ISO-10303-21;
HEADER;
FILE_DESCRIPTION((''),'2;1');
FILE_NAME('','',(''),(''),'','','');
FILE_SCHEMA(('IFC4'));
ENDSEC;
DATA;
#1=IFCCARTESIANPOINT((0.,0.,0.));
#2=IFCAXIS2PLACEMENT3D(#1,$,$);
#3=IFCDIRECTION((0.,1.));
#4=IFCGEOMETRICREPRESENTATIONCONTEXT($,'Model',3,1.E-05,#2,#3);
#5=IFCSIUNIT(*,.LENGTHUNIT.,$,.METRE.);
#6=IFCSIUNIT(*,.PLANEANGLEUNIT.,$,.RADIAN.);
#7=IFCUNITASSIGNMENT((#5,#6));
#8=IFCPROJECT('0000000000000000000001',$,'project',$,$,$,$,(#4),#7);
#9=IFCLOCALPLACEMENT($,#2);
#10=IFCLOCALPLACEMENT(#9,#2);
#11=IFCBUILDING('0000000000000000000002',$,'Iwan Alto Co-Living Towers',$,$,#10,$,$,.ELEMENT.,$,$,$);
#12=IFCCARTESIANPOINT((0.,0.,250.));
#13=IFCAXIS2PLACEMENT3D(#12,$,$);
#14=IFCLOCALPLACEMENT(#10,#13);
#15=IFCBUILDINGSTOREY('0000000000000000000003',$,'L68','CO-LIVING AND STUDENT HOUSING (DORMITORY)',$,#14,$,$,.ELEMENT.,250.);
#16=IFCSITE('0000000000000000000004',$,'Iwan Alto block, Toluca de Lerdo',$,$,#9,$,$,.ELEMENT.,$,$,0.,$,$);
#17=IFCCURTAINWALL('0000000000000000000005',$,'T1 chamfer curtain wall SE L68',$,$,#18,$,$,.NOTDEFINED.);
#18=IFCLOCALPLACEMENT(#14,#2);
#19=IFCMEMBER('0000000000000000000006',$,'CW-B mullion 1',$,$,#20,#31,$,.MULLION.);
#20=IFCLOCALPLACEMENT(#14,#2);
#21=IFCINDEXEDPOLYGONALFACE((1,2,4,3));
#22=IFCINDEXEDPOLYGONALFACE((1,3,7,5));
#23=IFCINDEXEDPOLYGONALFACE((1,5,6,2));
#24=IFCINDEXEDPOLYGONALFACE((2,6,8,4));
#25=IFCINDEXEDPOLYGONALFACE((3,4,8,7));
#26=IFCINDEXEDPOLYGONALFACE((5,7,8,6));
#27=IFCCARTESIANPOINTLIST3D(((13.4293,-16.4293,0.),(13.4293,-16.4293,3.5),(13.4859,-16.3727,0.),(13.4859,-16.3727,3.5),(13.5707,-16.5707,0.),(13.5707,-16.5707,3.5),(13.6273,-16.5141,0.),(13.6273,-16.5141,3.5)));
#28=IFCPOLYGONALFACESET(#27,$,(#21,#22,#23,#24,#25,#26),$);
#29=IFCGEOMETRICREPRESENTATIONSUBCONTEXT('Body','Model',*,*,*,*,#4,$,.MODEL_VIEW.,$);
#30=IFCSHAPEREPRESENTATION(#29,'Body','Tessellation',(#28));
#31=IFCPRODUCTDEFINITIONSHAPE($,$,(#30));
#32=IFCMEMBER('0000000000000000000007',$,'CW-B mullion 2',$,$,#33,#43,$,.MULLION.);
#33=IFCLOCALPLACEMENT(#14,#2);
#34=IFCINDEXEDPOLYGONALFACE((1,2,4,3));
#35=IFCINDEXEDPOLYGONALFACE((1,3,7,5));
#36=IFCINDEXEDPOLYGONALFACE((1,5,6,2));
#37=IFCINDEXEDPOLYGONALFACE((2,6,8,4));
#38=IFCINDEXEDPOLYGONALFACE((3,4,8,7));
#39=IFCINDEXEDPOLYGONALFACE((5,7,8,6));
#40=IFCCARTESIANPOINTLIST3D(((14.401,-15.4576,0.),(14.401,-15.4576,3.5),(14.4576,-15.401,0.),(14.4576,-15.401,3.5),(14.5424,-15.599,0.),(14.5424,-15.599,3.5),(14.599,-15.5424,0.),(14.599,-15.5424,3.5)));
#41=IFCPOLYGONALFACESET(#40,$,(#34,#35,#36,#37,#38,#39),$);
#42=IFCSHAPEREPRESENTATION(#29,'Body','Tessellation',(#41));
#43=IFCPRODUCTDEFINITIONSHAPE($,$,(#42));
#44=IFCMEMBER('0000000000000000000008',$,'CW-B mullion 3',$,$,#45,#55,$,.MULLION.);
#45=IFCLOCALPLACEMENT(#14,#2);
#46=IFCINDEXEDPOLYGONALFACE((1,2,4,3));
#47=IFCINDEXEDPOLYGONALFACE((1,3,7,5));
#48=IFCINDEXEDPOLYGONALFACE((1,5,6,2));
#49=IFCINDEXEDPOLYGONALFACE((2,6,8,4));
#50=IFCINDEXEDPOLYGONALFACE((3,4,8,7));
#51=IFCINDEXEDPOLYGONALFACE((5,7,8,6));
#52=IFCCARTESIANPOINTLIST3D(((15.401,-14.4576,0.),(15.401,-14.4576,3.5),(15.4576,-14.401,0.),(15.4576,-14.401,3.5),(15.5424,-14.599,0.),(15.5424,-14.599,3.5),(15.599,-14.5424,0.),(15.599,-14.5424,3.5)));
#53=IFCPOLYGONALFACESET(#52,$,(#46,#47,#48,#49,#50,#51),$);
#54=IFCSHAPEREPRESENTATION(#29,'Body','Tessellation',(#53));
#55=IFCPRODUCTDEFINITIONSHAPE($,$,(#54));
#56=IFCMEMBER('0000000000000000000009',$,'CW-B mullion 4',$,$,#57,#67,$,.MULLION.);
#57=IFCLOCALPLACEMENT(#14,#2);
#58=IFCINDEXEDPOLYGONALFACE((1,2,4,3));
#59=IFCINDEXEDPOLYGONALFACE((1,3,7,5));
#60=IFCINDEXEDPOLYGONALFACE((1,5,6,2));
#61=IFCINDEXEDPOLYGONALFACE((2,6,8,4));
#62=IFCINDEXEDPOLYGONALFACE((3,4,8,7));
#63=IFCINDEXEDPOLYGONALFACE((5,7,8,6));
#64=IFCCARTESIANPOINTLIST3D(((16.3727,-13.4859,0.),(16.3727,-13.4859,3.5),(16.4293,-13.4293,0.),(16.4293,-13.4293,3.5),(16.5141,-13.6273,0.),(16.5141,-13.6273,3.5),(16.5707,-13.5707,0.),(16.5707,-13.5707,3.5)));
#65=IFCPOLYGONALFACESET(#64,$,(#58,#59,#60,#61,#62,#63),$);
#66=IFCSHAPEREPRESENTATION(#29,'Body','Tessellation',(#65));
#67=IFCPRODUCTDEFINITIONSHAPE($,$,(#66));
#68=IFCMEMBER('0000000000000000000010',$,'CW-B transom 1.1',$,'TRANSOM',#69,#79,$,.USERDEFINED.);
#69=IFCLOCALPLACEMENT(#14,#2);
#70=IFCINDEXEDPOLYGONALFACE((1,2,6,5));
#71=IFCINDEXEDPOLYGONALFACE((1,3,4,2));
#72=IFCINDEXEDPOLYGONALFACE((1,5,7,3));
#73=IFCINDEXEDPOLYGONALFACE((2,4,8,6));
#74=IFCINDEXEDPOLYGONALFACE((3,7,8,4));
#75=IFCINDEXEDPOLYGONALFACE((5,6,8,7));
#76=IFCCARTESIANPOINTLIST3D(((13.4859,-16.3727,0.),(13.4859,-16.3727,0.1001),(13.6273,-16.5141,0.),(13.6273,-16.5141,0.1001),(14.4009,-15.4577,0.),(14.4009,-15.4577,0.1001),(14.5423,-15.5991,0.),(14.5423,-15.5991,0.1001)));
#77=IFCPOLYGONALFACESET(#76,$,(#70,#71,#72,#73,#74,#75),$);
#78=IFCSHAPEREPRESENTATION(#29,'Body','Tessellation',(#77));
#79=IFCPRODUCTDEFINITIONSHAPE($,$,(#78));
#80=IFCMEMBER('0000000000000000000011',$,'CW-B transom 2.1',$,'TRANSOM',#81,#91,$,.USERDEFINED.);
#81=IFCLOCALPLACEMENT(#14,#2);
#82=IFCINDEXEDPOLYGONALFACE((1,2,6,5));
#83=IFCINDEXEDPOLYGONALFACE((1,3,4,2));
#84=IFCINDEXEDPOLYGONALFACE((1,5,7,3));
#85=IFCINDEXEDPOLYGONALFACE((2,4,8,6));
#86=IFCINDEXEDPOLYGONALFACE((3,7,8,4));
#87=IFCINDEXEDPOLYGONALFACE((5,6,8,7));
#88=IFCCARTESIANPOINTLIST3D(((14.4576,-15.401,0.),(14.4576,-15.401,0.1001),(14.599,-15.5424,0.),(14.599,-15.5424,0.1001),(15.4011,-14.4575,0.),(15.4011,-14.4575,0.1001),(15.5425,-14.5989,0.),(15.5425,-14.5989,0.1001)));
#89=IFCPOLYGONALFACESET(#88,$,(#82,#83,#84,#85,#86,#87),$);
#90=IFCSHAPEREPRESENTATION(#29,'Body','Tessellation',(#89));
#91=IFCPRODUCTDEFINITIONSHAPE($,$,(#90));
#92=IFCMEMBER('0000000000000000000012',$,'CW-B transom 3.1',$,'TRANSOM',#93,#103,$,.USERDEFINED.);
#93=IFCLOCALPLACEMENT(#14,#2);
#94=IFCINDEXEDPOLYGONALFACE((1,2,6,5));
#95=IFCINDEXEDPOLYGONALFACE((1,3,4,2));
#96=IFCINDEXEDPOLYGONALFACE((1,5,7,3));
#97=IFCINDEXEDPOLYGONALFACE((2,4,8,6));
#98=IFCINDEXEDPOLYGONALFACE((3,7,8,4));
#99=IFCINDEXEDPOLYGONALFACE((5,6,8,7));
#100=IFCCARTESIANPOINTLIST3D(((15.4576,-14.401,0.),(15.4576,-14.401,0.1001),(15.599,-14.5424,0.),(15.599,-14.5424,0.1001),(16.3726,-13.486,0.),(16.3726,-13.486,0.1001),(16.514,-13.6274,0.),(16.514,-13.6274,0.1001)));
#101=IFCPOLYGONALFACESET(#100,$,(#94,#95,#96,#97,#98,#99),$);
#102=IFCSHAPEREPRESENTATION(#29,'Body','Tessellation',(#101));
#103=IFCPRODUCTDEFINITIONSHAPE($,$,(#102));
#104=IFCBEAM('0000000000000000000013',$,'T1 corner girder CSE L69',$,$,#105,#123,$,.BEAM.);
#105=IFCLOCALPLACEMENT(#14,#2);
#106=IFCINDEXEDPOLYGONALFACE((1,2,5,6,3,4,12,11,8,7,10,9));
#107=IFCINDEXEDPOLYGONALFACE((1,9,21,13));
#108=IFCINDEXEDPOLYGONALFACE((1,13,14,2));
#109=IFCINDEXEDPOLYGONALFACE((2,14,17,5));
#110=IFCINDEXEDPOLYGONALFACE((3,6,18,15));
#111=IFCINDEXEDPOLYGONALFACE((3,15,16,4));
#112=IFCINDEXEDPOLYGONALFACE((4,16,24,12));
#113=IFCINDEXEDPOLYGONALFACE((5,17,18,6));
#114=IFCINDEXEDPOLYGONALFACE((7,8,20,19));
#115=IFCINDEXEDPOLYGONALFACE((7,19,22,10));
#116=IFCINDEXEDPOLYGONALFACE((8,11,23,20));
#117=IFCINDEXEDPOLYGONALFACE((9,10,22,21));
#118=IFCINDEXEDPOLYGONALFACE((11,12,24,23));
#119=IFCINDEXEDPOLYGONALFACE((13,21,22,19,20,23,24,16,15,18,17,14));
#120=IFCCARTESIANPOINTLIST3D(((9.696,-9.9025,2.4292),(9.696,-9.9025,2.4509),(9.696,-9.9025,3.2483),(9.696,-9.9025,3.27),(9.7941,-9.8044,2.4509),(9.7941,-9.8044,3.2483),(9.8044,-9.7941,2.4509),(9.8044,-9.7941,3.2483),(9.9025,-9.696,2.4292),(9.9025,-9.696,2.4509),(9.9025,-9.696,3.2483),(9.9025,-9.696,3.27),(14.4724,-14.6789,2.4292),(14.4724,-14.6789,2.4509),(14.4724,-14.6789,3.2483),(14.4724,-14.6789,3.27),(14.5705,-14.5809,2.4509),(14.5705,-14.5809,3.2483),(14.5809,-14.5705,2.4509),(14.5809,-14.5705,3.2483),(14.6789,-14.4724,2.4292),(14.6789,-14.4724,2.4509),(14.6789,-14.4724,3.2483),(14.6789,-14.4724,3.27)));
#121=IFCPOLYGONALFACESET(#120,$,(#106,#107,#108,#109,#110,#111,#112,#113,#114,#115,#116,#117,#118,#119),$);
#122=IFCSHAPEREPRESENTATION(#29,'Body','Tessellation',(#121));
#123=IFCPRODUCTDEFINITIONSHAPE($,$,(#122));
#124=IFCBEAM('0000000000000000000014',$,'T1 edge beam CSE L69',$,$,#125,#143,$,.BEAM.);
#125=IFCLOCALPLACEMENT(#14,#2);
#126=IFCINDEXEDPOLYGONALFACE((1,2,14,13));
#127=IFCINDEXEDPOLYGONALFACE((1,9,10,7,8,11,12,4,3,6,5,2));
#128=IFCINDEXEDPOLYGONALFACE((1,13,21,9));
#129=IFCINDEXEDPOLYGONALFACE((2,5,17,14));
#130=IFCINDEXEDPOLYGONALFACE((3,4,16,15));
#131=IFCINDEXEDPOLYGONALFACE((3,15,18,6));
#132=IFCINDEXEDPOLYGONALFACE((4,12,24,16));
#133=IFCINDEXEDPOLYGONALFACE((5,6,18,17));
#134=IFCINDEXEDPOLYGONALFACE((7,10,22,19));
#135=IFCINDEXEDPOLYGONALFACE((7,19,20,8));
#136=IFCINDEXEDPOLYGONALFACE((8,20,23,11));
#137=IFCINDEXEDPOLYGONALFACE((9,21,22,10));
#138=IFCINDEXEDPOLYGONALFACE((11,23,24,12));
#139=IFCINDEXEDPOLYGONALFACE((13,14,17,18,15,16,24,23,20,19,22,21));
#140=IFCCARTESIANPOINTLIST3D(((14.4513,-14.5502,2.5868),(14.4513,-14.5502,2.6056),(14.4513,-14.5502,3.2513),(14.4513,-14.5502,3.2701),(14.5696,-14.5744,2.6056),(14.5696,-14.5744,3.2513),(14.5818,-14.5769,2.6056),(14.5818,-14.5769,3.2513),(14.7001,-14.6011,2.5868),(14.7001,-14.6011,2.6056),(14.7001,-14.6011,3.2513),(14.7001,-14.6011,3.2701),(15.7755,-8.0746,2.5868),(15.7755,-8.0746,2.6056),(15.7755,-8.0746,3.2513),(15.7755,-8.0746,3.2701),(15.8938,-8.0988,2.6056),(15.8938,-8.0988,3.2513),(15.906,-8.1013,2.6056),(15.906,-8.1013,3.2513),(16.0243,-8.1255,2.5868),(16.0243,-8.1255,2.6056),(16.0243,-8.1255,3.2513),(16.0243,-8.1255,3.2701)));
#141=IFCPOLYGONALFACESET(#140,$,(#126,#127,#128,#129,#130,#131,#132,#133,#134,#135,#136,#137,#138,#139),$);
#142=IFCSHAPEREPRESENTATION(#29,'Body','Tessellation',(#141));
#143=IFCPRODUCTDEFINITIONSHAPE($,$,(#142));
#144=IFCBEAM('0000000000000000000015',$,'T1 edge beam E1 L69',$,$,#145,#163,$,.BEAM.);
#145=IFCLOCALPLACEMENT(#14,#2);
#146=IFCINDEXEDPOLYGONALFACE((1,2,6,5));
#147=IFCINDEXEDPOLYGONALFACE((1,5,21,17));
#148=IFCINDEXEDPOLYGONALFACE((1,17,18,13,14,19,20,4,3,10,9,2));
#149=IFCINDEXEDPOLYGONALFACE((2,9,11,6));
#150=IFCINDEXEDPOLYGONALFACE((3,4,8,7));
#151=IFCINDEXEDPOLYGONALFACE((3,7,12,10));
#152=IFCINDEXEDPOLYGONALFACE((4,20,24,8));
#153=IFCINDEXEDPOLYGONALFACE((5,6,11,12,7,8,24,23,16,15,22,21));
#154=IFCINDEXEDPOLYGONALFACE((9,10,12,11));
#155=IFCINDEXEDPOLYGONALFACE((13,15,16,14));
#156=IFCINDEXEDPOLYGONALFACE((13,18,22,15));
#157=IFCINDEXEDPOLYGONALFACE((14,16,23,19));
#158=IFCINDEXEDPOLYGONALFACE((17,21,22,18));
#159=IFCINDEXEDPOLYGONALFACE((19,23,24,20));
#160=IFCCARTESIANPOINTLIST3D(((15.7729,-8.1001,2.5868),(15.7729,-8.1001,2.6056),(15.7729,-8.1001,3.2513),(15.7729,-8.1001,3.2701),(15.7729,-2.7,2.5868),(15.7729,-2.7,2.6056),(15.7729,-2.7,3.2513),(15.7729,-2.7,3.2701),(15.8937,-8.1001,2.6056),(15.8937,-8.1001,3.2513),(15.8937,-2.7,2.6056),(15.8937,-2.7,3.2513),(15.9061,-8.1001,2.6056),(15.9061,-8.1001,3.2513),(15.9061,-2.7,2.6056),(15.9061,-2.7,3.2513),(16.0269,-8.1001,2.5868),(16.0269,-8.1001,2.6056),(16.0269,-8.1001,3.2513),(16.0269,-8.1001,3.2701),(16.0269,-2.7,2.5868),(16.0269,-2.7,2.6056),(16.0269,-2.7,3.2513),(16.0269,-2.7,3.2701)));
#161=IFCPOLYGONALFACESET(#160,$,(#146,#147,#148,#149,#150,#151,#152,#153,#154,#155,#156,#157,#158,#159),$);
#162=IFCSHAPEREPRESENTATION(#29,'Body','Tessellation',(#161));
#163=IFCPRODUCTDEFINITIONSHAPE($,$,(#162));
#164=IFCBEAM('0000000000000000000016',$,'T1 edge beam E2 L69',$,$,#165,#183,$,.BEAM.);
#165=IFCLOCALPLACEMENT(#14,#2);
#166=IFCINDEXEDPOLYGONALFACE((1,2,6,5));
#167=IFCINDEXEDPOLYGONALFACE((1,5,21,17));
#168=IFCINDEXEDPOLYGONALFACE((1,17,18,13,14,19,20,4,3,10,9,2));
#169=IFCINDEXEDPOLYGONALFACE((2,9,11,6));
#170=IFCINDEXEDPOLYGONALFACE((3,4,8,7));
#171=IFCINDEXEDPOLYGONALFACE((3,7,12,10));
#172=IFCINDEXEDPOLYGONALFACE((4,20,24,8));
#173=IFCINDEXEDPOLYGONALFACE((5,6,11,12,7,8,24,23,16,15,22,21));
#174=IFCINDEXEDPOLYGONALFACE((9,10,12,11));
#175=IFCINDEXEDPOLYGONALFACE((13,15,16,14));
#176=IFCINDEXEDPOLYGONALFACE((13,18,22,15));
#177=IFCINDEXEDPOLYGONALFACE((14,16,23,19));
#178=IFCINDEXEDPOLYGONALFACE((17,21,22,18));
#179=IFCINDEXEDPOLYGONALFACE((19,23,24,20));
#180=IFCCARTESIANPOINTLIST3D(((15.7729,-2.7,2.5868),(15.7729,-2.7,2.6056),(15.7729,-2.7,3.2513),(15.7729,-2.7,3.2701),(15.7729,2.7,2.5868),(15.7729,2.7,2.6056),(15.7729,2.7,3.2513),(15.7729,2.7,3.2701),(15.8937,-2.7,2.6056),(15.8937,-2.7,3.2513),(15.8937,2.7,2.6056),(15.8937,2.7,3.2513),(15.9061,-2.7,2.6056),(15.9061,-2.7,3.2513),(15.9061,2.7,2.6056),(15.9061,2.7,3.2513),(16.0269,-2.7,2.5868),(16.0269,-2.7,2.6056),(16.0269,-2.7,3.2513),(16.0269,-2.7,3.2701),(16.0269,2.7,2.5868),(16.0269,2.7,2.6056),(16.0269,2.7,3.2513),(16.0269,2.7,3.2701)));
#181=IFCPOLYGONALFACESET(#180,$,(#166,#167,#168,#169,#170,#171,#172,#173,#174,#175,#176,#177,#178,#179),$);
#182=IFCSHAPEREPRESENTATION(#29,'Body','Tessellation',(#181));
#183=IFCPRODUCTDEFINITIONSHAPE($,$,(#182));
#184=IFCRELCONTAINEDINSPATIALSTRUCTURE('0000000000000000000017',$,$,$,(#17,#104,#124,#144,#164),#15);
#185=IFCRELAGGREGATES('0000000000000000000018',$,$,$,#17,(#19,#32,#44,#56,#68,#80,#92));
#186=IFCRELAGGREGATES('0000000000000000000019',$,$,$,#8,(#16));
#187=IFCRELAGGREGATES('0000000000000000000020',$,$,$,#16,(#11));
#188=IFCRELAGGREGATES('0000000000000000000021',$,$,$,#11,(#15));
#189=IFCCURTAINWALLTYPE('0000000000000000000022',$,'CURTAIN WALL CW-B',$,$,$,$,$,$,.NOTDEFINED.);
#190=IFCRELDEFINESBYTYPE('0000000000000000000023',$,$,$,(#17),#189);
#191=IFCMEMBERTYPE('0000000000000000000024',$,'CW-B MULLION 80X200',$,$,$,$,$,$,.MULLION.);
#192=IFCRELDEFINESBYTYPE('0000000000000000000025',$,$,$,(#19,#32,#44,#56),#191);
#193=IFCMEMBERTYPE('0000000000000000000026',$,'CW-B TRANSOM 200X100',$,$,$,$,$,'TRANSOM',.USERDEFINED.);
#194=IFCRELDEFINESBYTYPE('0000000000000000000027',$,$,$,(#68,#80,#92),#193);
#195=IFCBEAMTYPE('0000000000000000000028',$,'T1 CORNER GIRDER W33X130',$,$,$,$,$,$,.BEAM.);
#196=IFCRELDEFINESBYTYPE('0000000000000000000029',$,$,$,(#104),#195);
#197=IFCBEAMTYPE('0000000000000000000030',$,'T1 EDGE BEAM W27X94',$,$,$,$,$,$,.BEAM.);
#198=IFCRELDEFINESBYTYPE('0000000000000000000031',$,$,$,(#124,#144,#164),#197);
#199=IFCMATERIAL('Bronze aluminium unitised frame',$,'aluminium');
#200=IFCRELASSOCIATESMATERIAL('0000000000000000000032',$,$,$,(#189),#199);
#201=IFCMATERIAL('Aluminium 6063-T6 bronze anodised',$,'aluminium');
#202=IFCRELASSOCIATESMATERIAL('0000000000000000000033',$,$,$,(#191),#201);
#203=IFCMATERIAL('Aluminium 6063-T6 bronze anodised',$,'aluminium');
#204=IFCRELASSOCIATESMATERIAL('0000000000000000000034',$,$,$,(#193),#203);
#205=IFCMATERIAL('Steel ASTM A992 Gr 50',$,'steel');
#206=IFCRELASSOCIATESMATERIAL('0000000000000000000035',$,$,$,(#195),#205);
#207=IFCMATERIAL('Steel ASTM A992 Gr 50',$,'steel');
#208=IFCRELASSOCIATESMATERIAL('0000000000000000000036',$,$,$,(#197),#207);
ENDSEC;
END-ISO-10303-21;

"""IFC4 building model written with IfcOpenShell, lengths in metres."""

from ifc_helpers import new_model, si_unit, direction, frame, origin, origin_2d, place, context, subcontext, project, spatial, rectangle, i_section, extrude, material, material_profile, profile_set, type_object, element, aggregate, save


model = new_model("IFC4")

# Units and contexts
model_context = context("Model", 3, precision=1e-05, world=origin(), true_north=direction((0.0, 1.0)))
body_context = subcontext(model_context, "Body", "Model", "MODEL_VIEW")
ifc_project = project(units=[si_unit("LENGTHUNIT", "METRE"), si_unit("PLANEANGLEUNIT", "RADIAN")], contexts=[model_context])

# Site, building, storey
site_placement = place(None, origin())
site = spatial("IfcSite", under=ifc_project, at=site_placement, Name="Iwan Alto block, Toluca de Lerdo", CompositionType="ELEMENT", RefElevation=0.0)
building_placement = place(site_placement, origin())
building = spatial("IfcBuilding", under=site, at=building_placement, Name="Iwan Alto Co-Living Towers", CompositionType="ELEMENT")
storey_placement = place(building_placement, frame((0.0, 0.0, 250.0)))
storey = spatial("IfcBuildingStorey", under=building, at=storey_placement, Name="L68", Description="CO-LIVING AND STUDENT HOUSING (DORMITORY)", CompositionType="ELEMENT", Elevation=250.0)

# Curtain wall, members
ifc_material_1 = material(Name="Bronze aluminium unitised frame", Category="aluminium")
curtain_wall_type_1 = type_object("IfcCurtainWallType", Name="CURTAIN WALL CW-B", PredefinedType="NOTDEFINED", material=ifc_material_1)
curtain_wall_1_placement = place(storey_placement, origin())
curtain_wall_1 = element("IfcCurtainWall", 1, at=curtain_wall_1_placement, inside=storey, type_object=curtain_wall_type_1, Name="T1 chamfer curtain wall SE L68", PredefinedType="NOTDEFINED")
ifc_material_2 = material(Name="Aluminium 6063-T6 bronze anodised", Category="aluminium")
ifc_material_profile_1 = material_profile(ifc_material_2, rectangle(XDim=0.2, YDim=0.0801, at=origin_2d()), Name="AL 80X200")
ifc_profile_set_1 = profile_set([ifc_material_profile_1], Name="Aluminium 6063-T6 bronze anodised")
member_type_1 = type_object("IfcMemberType", Name="CW-B MULLION 80X200", PredefinedType="MULLION", material=ifc_profile_set_1)
member_1_placement = place(storey_placement, frame((13.5283, -16.4717, 0.0), z_axis=(0.0, 0.0, 1.0), x_axis=(-0.707107, 0.707107, 0.0)))
member_1 = element("IfcMember", 2, at=member_1_placement, type_object=member_type_1, Name="CW-B mullion 1", PredefinedType="MULLION", context=body_context, shape_type="SweptSolid", body=[
    extrude(rectangle(XDim=0.2, YDim=0.0801, at=origin_2d()), origin(), (0.0, 0.0, 1.0), 3.5),
])
member_2_placement = place(storey_placement, frame((14.5, -15.5, 0.0), z_axis=(0.0, 0.0, 1.0), x_axis=(-0.707107, 0.707107, 0.0)))
member_2 = element("IfcMember", 3, at=member_2_placement, type_object=member_type_1, Name="CW-B mullion 2", PredefinedType="MULLION", context=body_context, shape_type="SweptSolid", body=[
    extrude(rectangle(XDim=0.2, YDim=0.0801, at=origin_2d()), origin(), (0.0, 0.0, 1.0), 3.5),
])
member_3_placement = place(storey_placement, frame((15.5, -14.5, 0.0), z_axis=(0.0, 0.0, 1.0), x_axis=(-0.707107, 0.707107, 0.0)))
member_3 = element("IfcMember", 4, at=member_3_placement, type_object=member_type_1, Name="CW-B mullion 3", PredefinedType="MULLION", context=body_context, shape_type="SweptSolid", body=[
    extrude(rectangle(XDim=0.2, YDim=0.0801, at=origin_2d()), origin(), (0.0, 0.0, 1.0), 3.5),
])
member_4_placement = place(storey_placement, frame((16.4717, -13.5283, 0.0), z_axis=(0.0, 0.0, 1.0), x_axis=(-0.707107, 0.707107, 0.0)))
member_4 = element("IfcMember", 5, at=member_4_placement, type_object=member_type_1, Name="CW-B mullion 4", PredefinedType="MULLION", context=body_context, shape_type="SweptSolid", body=[
    extrude(rectangle(XDim=0.2, YDim=0.0801, at=origin_2d()), origin(), (0.0, 0.0, 1.0), 3.5),
])
ifc_material_3 = material(Name="Aluminium 6063-T6 bronze anodised", Category="aluminium")
ifc_material_profile_2 = material_profile(ifc_material_3, rectangle(XDim=0.2, YDim=0.1001, at=origin_2d()), Name="AL 200X100")
ifc_profile_set_2 = profile_set([ifc_material_profile_2], Name="Aluminium 6063-T6 bronze anodised")
member_type_2 = type_object("IfcMemberType", Name="CW-B TRANSOM 200X100", ElementType="TRANSOM", PredefinedType="USERDEFINED", material=ifc_profile_set_2)
member_5_placement = place(storey_placement, frame((13.5566, -16.4434, 0.05), z_axis=(0.707107, 0.707107, 0.0), x_axis=(-0.707107, 0.707107, 0.0)))
member_5 = element("IfcMember", 6, at=member_5_placement, type_object=member_type_2, Name="CW-B transom 1.1", ObjectType="TRANSOM", PredefinedType="USERDEFINED", context=body_context, shape_type="SweptSolid", body=[
    extrude(rectangle(XDim=0.2, YDim=0.1001, at=origin_2d()), origin(), (0.0, 0.0, 1.0), 1.2939),
])
member_6_placement = place(storey_placement, frame((14.5283, -15.4717, 0.05), z_axis=(0.707107, 0.707107, 0.0), x_axis=(-0.707107, 0.707107, 0.0)))
member_6 = element("IfcMember", 7, at=member_6_placement, type_object=member_type_2, Name="CW-B transom 2.1", ObjectType="TRANSOM", PredefinedType="USERDEFINED", context=body_context, shape_type="SweptSolid", body=[
    extrude(rectangle(XDim=0.2, YDim=0.1001, at=origin_2d()), origin(), (0.0, 0.0, 1.0), 1.3342),
])
member_7_placement = place(storey_placement, frame((15.5283, -14.4717, 0.05), z_axis=(0.707107, 0.707107, 0.0), x_axis=(-0.707107, 0.707107, 0.0)))
member_7 = element("IfcMember", 8, at=member_7_placement, type_object=member_type_2, Name="CW-B transom 3.1", ObjectType="TRANSOM", PredefinedType="USERDEFINED", context=body_context, shape_type="SweptSolid", body=[
    extrude(rectangle(XDim=0.2, YDim=0.1001, at=origin_2d()), origin(), (0.0, 0.0, 1.0), 1.2939),
])

# Beams
ifc_material_4 = material(Name="Steel ASTM A992 Gr 50", Category="steel")
ifc_material_profile_3 = material_profile(ifc_material_4, i_section(OverallWidth=0.292, OverallDepth=0.8408, WebThickness=0.0146, FlangeThickness=0.0217, at=origin_2d()), Name="W33X130")
ifc_profile_set_3 = profile_set([ifc_material_profile_3], Name="Steel ASTM A992 Gr 50")
beam_type_1 = type_object("IfcBeamType", Name="T1 CORNER GIRDER W33X130", PredefinedType="BEAM", material=ifc_profile_set_3)
beam_1_placement = place(storey_placement, frame((14.5757, -14.5757, 2.8496), z_axis=(-0.707107, 0.707107, 0.0), x_axis=(-0.707107, -0.707107, 0.0)))
element("IfcBeam", 9, at=beam_1_placement, inside=storey, type_object=beam_type_1, Name="T1 corner girder CSE L69", PredefinedType="BEAM", context=body_context, shape_type="SweptSolid", body=[
    extrude(i_section(OverallWidth=0.292, OverallDepth=0.8408, WebThickness=0.0146, FlangeThickness=0.0217, at=origin_2d()), origin(), (0.0, 0.0, 1.0), 6.7549),
])
ifc_material_5 = material(Name="Steel ASTM A992 Gr 50", Category="steel")
ifc_material_profile_4 = material_profile(ifc_material_5, i_section(OverallWidth=0.2539, OverallDepth=0.6833, WebThickness=0.0125, FlangeThickness=0.0188, at=origin_2d()), Name="W27X94")
ifc_profile_set_4 = profile_set([ifc_material_profile_4], Name="Steel ASTM A992 Gr 50")
beam_type_2 = type_object("IfcBeamType", Name="T1 EDGE BEAM W27X94", PredefinedType="BEAM", material=ifc_profile_set_4)
beam_2_placement = place(storey_placement, frame((14.5757, -14.5757, 2.9285), z_axis=(0.200348, 0.979725, 0.0), x_axis=(-0.979725, 0.200348, 0.0)))
element("IfcBeam", 10, at=beam_2_placement, inside=storey, type_object=beam_type_2, Name="T1 edge beam CSE L69", PredefinedType="BEAM", context=body_context, shape_type="SweptSolid", body=[
    extrude(i_section(OverallWidth=0.2539, OverallDepth=0.6833, WebThickness=0.0125, FlangeThickness=0.0188, at=origin_2d()), origin(), (0.0, 0.0, 1.0), 6.6096),
])
beam_3_placement = place(storey_placement, frame((15.8999, -8.1001, 2.9285), z_axis=(0.0, 1.0, 0.0), x_axis=(-1.0, 0.0, 0.0)))
element("IfcBeam", 11, at=beam_3_placement, inside=storey, type_object=beam_type_2, Name="T1 edge beam E1 L69", PredefinedType="BEAM", context=body_context, shape_type="SweptSolid", body=[
    extrude(i_section(OverallWidth=0.2539, OverallDepth=0.6833, WebThickness=0.0125, FlangeThickness=0.0188, at=origin_2d()), origin(), (0.0, 0.0, 1.0), 5.4001),
])
beam_4_placement = place(storey_placement, frame((15.8999, -2.7, 2.9285), z_axis=(0.0, 1.0, 0.0), x_axis=(-1.0, 0.0, 0.0)))
element("IfcBeam", 12, at=beam_4_placement, inside=storey, type_object=beam_type_2, Name="T1 edge beam E2 L69", PredefinedType="BEAM", context=body_context, shape_type="SweptSolid", body=[
    extrude(i_section(OverallWidth=0.2539, OverallDepth=0.6833, WebThickness=0.0125, FlangeThickness=0.0188, at=origin_2d()), origin(), (0.0, 0.0, 1.0), 5.3999),
])

aggregate(curtain_wall_1, [member_1, member_2, member_3, member_4, member_5, member_6, member_7])

save(model, "model.ifc")
